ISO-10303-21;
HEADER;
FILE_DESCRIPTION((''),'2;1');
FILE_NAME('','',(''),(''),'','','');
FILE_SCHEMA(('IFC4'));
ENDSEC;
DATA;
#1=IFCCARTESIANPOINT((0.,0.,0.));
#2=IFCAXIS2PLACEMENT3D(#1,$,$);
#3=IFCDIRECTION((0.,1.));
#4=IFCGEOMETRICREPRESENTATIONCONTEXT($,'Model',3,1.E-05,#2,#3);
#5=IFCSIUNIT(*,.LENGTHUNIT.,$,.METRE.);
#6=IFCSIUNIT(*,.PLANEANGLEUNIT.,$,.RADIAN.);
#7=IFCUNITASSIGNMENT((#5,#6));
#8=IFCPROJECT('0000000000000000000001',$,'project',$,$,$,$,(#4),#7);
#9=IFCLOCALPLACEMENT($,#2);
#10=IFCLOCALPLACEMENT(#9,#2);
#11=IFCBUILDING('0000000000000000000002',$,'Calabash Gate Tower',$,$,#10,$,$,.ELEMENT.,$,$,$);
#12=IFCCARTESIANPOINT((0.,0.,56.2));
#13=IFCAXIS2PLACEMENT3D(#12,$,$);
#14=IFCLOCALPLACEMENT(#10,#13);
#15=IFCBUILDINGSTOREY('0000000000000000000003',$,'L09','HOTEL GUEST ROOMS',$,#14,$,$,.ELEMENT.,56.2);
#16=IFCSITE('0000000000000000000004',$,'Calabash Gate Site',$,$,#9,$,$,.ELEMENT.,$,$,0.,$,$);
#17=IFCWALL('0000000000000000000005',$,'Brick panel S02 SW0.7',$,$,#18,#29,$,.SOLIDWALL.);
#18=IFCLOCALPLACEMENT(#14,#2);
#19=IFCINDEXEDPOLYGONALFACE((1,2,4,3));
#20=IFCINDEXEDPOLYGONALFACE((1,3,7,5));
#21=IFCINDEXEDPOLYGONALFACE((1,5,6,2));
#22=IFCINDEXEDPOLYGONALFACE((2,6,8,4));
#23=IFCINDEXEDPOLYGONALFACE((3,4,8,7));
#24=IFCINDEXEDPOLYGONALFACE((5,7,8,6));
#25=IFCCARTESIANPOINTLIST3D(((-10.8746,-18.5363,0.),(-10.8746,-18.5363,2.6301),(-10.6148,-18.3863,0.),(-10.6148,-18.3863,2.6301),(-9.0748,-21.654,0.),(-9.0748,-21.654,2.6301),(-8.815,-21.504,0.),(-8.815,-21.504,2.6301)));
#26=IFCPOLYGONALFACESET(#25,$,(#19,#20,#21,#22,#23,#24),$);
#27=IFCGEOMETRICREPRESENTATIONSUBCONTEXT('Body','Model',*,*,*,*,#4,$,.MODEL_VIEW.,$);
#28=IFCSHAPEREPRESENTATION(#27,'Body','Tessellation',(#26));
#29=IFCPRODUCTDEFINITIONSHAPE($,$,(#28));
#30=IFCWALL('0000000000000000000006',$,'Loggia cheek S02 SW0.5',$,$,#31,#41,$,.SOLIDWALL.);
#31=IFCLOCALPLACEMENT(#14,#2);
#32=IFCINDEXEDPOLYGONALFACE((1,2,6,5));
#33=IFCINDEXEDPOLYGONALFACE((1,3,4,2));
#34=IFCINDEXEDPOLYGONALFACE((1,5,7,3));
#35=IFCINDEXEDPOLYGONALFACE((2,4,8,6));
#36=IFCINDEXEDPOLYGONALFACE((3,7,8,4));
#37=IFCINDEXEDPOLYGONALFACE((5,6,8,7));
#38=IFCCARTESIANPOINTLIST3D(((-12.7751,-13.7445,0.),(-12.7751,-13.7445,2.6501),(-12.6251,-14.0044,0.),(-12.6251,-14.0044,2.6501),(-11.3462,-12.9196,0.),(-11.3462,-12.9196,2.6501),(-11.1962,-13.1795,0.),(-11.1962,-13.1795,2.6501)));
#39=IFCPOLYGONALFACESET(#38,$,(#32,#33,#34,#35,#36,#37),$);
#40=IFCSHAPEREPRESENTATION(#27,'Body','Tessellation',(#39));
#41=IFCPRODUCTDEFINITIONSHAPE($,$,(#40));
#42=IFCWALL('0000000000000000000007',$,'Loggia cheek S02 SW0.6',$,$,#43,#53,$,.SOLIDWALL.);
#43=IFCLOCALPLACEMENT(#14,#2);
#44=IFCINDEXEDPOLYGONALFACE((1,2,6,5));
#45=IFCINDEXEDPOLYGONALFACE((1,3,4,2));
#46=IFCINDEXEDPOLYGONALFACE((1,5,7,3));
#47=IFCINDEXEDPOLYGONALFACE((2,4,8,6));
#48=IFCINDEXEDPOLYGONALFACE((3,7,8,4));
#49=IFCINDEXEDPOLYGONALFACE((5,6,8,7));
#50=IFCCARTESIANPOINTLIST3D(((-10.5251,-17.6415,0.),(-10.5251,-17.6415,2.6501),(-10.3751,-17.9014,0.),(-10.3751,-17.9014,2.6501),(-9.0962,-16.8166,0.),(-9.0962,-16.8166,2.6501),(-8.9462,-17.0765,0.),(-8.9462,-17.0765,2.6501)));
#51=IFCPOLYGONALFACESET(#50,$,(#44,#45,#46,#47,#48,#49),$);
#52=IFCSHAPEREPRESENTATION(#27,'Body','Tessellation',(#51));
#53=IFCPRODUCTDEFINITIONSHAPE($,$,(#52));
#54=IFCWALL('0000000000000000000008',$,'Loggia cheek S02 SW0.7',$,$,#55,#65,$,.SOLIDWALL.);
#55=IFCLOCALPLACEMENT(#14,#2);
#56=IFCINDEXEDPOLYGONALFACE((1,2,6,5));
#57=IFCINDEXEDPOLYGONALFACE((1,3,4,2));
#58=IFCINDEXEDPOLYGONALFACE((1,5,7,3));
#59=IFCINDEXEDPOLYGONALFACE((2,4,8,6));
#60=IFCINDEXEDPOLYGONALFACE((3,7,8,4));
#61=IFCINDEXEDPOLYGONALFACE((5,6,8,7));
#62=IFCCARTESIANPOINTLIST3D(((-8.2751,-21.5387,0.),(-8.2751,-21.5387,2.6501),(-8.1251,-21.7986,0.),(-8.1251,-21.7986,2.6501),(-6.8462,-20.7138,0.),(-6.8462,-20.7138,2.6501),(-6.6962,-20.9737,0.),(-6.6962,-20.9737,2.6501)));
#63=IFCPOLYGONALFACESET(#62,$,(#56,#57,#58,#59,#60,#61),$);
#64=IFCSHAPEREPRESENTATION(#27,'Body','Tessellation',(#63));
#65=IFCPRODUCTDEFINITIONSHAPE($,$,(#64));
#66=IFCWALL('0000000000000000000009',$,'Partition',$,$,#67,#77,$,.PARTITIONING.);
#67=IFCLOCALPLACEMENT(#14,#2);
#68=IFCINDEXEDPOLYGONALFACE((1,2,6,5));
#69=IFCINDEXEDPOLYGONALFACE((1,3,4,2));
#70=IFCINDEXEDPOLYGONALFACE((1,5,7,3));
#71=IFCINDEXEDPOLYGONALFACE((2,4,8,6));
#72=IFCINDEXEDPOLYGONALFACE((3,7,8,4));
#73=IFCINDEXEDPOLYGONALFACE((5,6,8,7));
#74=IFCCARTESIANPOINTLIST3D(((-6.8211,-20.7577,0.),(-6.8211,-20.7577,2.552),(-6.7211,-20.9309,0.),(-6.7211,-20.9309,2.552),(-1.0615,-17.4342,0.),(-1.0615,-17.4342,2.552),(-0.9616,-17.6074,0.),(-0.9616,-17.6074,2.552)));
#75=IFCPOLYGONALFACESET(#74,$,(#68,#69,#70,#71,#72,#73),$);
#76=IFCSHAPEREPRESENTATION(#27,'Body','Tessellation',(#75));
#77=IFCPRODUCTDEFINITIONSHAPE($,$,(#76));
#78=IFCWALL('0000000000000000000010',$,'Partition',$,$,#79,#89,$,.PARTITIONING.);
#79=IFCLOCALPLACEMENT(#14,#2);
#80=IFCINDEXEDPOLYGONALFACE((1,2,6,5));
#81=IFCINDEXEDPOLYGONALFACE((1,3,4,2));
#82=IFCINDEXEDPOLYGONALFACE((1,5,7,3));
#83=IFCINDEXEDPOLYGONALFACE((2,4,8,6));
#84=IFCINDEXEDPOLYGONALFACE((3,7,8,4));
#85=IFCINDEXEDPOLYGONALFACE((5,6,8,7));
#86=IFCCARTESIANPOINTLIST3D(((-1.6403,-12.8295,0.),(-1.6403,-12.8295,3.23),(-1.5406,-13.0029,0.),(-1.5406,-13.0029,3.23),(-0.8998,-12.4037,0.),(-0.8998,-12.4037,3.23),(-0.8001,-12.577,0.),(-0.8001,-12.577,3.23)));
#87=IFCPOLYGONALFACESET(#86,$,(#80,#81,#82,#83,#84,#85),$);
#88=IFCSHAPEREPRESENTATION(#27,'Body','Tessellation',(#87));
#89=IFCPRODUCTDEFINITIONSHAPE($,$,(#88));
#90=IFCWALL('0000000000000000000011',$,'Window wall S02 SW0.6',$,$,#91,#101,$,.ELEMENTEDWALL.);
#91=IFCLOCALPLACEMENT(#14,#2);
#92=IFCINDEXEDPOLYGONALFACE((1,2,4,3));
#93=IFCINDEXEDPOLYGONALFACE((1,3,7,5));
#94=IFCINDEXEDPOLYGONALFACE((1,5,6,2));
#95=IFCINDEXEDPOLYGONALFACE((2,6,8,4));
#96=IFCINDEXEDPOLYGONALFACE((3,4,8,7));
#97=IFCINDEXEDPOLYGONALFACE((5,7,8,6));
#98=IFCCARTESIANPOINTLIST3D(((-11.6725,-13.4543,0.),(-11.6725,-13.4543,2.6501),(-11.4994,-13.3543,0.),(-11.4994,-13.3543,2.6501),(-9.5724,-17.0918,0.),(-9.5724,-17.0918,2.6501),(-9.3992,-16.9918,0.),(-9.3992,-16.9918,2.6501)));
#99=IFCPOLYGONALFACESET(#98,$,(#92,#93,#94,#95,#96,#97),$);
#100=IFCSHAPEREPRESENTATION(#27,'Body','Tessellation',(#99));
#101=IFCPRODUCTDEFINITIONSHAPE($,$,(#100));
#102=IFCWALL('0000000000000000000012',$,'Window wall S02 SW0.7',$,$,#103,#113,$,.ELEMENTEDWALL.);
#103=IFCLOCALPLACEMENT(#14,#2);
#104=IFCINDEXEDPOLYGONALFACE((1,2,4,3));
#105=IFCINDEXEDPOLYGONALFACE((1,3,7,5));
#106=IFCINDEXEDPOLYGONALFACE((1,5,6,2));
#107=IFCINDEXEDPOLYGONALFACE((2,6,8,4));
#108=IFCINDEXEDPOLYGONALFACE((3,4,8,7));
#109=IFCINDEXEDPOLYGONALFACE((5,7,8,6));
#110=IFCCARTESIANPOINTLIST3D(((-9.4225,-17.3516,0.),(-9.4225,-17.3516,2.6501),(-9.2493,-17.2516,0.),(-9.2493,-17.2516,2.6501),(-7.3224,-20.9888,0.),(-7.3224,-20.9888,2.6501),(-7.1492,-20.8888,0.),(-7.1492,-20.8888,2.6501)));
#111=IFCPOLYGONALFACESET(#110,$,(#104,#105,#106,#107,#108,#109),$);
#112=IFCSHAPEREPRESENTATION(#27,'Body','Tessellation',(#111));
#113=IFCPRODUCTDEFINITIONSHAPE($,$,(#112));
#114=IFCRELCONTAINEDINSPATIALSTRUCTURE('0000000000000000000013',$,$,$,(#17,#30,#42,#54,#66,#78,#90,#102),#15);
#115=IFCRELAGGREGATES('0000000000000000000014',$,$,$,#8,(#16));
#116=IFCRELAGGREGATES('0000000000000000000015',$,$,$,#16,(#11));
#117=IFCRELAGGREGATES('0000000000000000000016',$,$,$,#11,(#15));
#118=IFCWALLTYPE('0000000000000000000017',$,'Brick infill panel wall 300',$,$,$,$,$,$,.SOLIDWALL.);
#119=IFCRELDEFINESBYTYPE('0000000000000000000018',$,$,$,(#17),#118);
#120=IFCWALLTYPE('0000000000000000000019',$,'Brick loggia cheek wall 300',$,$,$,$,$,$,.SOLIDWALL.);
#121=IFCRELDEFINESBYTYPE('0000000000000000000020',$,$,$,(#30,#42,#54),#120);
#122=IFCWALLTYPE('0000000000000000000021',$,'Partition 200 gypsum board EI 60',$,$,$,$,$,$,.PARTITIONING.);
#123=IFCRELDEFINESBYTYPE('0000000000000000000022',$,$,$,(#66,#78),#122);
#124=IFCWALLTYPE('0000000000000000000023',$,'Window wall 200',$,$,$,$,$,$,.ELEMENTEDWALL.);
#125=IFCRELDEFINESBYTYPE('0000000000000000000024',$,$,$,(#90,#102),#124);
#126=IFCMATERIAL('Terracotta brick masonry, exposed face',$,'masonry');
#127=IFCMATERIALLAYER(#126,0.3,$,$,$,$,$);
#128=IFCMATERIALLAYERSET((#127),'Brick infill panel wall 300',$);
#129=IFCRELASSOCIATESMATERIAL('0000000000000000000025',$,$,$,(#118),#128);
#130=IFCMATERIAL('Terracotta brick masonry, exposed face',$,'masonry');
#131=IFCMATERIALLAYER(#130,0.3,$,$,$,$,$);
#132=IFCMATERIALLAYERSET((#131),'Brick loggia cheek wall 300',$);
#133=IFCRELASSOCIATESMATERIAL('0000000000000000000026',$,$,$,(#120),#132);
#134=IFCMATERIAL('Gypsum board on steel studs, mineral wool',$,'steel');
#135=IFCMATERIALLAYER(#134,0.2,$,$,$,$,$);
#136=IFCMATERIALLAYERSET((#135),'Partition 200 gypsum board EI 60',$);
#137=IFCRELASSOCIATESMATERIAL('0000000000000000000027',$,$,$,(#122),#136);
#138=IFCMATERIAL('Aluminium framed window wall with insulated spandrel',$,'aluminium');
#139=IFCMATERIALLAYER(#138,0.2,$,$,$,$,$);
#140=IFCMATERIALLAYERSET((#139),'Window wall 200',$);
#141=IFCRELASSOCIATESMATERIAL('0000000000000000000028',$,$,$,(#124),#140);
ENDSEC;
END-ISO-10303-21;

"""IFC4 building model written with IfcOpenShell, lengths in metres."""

from ifc_helpers import new_model, si_unit, direction, frame, frame_2d, origin, place, context, subcontext, project, spatial, rectangle, extrude, material, layer, layer_set, type_object, element, save


model = new_model("IFC4")

# Units and contexts
model_context = context("Model", 3, precision=1e-05, world=origin(), true_north=direction((0.0, 1.0)))
body_context = subcontext(model_context, "Body", "Model", "MODEL_VIEW")
ifc_project = project(units=[si_unit("LENGTHUNIT", "METRE"), si_unit("PLANEANGLEUNIT", "RADIAN")], contexts=[model_context])

# Site, building, storey
site_placement = place(None, origin())
site = spatial("IfcSite", under=ifc_project, at=site_placement, Name="Calabash Gate Site", CompositionType="ELEMENT", RefElevation=0.0)
building_placement = place(site_placement, origin())
building = spatial("IfcBuilding", under=site, at=building_placement, Name="Calabash Gate Tower", CompositionType="ELEMENT")
storey_placement = place(building_placement, frame((0.0, 0.0, 56.2)))
storey = spatial("IfcBuildingStorey", under=building, at=storey_placement, Name="L09", Description="HOTEL GUEST ROOMS", CompositionType="ELEMENT", Elevation=56.2)

# Walls
ifc_material_1 = material(Name="Terracotta brick masonry, exposed face", Category="masonry")
ifc_layer_1 = layer(ifc_material_1, 0.3)
ifc_layer_set_1 = layer_set([ifc_layer_1], Name="Brick infill panel wall 300")
wall_type_1 = type_object("IfcWallType", Name="Brick infill panel wall 300", PredefinedType="SOLIDWALL", material=ifc_layer_set_1)
for number, where, z_axis, x_axis, name in (
    (1, (-10.7446, -18.4614, 0.0), (0.0, 0.0, 1.0), (0.499961, -0.866048, 0.0), "Brick panel S02 SW0.7"),
):
    element("IfcWall", number, at=place(storey_placement, frame(where, z_axis=z_axis, x_axis=x_axis)), inside=storey, type_object=wall_type_1, Name=name, PredefinedType="SOLIDWALL", context=body_context, shape_type="SweptSolid", body=[
        extrude(rectangle(XDim=3.5999, YDim=0.3, at=frame_2d((1.7998, 0.0))), origin(), (0.0, 0.0, 1.0), 2.6301),
    ])
ifc_material_2 = material(Name="Terracotta brick masonry, exposed face", Category="masonry")
ifc_layer_2 = layer(ifc_material_2, 0.3)
ifc_layer_set_2 = layer_set([ifc_layer_2], Name="Brick loggia cheek wall 300")
wall_type_2 = type_object("IfcWallType", Name="Brick loggia cheek wall 300", PredefinedType="SOLIDWALL", material=ifc_layer_set_2)
for number, where, z_axis, x_axis, name in (
    (2, (-11.2712, -13.0496, 0.0), (0.0, 0.0, 1.0), (-0.86604, -0.499974, 0.0), "Loggia cheek S02 SW0.5"),
    (3, (-9.0212, -16.9465, 0.0), (0.0, 0.0, 1.0), (-0.86604, -0.499974, 0.0), "Loggia cheek S02 SW0.6"),
    (4, (-6.7712, -20.8438, 0.0), (0.0, 0.0, 1.0), (-0.86604, -0.499974, 0.0), "Loggia cheek S02 SW0.7"),
):
    element("IfcWall", number, at=place(storey_placement, frame(where, z_axis=z_axis, x_axis=x_axis)), inside=storey, type_object=wall_type_2, Name=name, PredefinedType="SOLIDWALL", context=body_context, shape_type="SweptSolid", body=[
        extrude(rectangle(XDim=1.6499, YDim=0.3, at=frame_2d((0.825, 0.0))), origin(), (0.0, 0.0, 1.0), 2.6501),
    ])
ifc_material_3 = material(Name="Gypsum board on steel studs, mineral wool", Category="steel")
ifc_layer_3 = layer(ifc_material_3, 0.2)
ifc_layer_set_3 = layer_set([ifc_layer_3], Name="Partition 200 gypsum board EI 60")
wall_type_3 = type_object("IfcWallType", Name="Partition 200 gypsum board EI 60", PredefinedType="PARTITIONING", material=ifc_layer_set_3)
wall_1_placement = place(storey_placement, frame((-6.771, -20.8442, 0.0), z_axis=(0.0, 0.0, 1.0), x_axis=(0.866141, 0.4998, 0.0)))
element("IfcWall", 5, at=wall_1_placement, inside=storey, type_object=wall_type_3, Name="Partition", PredefinedType="PARTITIONING", context=body_context, shape_type="SweptSolid", body=[
    extrude(rectangle(XDim=6.6497, YDim=0.2, at=frame_2d((3.3247, 0.0))), origin(), (0.0, 0.0, 1.0), 2.552),
])
wall_2_placement = place(storey_placement, frame((-1.5906, -12.9163, 0.0), z_axis=(0.0, 0.0, 1.0), x_axis=(0.866903, 0.498476, 0.0)))
element("IfcWall", 6, at=wall_2_placement, inside=storey, type_object=wall_type_3, Name="Partition", PredefinedType="PARTITIONING", context=body_context, shape_type="SweptSolid", body=[
    extrude(rectangle(XDim=0.8542, YDim=0.2, at=frame_2d((0.4272, 0.0))), origin(), (0.0, 0.0, 1.0), 3.23),
])
ifc_material_4 = material(Name="Aluminium framed window wall with insulated spandrel", Category="aluminium")
ifc_layer_4 = layer(ifc_material_4, 0.2)
ifc_layer_set_4 = layer_set([ifc_layer_4], Name="Window wall 200")
wall_type_4 = type_object("IfcWallType", Name="Window wall 200", PredefinedType="ELEMENTEDWALL", material=ifc_layer_set_4)
wall_3_placement = place(storey_placement, frame((-11.5859, -13.4043, 0.0), z_axis=(0.0, 0.0, 1.0), x_axis=(0.500003, -0.866024, 0.0)))
element("IfcWall", 7, at=wall_3_placement, inside=storey, type_object=wall_type_4, Name="Window wall S02 SW0.6", PredefinedType="ELEMENTEDWALL", context=body_context, shape_type="SweptSolid", body=[
    extrude(rectangle(XDim=4.2002, YDim=0.2, at=frame_2d((2.1001, 0.0))), origin(), (0.0, 0.0, 1.0), 2.6501),
])
wall_4_placement = place(storey_placement, frame((-9.3359, -17.3015, 0.0), z_axis=(0.0, 0.0, 1.0), x_axis=(0.500028, -0.866009, 0.0)))
element("IfcWall", 8, at=wall_4_placement, inside=storey, type_object=wall_type_4, Name="Window wall S02 SW0.7", PredefinedType="ELEMENTEDWALL", context=body_context, shape_type="SweptSolid", body=[
    extrude(rectangle(XDim=4.2, YDim=0.2, at=frame_2d((2.1001, 0.0))), origin(), (0.0, 0.0, 1.0), 2.6501),
])

save(model, "model.ifc")
